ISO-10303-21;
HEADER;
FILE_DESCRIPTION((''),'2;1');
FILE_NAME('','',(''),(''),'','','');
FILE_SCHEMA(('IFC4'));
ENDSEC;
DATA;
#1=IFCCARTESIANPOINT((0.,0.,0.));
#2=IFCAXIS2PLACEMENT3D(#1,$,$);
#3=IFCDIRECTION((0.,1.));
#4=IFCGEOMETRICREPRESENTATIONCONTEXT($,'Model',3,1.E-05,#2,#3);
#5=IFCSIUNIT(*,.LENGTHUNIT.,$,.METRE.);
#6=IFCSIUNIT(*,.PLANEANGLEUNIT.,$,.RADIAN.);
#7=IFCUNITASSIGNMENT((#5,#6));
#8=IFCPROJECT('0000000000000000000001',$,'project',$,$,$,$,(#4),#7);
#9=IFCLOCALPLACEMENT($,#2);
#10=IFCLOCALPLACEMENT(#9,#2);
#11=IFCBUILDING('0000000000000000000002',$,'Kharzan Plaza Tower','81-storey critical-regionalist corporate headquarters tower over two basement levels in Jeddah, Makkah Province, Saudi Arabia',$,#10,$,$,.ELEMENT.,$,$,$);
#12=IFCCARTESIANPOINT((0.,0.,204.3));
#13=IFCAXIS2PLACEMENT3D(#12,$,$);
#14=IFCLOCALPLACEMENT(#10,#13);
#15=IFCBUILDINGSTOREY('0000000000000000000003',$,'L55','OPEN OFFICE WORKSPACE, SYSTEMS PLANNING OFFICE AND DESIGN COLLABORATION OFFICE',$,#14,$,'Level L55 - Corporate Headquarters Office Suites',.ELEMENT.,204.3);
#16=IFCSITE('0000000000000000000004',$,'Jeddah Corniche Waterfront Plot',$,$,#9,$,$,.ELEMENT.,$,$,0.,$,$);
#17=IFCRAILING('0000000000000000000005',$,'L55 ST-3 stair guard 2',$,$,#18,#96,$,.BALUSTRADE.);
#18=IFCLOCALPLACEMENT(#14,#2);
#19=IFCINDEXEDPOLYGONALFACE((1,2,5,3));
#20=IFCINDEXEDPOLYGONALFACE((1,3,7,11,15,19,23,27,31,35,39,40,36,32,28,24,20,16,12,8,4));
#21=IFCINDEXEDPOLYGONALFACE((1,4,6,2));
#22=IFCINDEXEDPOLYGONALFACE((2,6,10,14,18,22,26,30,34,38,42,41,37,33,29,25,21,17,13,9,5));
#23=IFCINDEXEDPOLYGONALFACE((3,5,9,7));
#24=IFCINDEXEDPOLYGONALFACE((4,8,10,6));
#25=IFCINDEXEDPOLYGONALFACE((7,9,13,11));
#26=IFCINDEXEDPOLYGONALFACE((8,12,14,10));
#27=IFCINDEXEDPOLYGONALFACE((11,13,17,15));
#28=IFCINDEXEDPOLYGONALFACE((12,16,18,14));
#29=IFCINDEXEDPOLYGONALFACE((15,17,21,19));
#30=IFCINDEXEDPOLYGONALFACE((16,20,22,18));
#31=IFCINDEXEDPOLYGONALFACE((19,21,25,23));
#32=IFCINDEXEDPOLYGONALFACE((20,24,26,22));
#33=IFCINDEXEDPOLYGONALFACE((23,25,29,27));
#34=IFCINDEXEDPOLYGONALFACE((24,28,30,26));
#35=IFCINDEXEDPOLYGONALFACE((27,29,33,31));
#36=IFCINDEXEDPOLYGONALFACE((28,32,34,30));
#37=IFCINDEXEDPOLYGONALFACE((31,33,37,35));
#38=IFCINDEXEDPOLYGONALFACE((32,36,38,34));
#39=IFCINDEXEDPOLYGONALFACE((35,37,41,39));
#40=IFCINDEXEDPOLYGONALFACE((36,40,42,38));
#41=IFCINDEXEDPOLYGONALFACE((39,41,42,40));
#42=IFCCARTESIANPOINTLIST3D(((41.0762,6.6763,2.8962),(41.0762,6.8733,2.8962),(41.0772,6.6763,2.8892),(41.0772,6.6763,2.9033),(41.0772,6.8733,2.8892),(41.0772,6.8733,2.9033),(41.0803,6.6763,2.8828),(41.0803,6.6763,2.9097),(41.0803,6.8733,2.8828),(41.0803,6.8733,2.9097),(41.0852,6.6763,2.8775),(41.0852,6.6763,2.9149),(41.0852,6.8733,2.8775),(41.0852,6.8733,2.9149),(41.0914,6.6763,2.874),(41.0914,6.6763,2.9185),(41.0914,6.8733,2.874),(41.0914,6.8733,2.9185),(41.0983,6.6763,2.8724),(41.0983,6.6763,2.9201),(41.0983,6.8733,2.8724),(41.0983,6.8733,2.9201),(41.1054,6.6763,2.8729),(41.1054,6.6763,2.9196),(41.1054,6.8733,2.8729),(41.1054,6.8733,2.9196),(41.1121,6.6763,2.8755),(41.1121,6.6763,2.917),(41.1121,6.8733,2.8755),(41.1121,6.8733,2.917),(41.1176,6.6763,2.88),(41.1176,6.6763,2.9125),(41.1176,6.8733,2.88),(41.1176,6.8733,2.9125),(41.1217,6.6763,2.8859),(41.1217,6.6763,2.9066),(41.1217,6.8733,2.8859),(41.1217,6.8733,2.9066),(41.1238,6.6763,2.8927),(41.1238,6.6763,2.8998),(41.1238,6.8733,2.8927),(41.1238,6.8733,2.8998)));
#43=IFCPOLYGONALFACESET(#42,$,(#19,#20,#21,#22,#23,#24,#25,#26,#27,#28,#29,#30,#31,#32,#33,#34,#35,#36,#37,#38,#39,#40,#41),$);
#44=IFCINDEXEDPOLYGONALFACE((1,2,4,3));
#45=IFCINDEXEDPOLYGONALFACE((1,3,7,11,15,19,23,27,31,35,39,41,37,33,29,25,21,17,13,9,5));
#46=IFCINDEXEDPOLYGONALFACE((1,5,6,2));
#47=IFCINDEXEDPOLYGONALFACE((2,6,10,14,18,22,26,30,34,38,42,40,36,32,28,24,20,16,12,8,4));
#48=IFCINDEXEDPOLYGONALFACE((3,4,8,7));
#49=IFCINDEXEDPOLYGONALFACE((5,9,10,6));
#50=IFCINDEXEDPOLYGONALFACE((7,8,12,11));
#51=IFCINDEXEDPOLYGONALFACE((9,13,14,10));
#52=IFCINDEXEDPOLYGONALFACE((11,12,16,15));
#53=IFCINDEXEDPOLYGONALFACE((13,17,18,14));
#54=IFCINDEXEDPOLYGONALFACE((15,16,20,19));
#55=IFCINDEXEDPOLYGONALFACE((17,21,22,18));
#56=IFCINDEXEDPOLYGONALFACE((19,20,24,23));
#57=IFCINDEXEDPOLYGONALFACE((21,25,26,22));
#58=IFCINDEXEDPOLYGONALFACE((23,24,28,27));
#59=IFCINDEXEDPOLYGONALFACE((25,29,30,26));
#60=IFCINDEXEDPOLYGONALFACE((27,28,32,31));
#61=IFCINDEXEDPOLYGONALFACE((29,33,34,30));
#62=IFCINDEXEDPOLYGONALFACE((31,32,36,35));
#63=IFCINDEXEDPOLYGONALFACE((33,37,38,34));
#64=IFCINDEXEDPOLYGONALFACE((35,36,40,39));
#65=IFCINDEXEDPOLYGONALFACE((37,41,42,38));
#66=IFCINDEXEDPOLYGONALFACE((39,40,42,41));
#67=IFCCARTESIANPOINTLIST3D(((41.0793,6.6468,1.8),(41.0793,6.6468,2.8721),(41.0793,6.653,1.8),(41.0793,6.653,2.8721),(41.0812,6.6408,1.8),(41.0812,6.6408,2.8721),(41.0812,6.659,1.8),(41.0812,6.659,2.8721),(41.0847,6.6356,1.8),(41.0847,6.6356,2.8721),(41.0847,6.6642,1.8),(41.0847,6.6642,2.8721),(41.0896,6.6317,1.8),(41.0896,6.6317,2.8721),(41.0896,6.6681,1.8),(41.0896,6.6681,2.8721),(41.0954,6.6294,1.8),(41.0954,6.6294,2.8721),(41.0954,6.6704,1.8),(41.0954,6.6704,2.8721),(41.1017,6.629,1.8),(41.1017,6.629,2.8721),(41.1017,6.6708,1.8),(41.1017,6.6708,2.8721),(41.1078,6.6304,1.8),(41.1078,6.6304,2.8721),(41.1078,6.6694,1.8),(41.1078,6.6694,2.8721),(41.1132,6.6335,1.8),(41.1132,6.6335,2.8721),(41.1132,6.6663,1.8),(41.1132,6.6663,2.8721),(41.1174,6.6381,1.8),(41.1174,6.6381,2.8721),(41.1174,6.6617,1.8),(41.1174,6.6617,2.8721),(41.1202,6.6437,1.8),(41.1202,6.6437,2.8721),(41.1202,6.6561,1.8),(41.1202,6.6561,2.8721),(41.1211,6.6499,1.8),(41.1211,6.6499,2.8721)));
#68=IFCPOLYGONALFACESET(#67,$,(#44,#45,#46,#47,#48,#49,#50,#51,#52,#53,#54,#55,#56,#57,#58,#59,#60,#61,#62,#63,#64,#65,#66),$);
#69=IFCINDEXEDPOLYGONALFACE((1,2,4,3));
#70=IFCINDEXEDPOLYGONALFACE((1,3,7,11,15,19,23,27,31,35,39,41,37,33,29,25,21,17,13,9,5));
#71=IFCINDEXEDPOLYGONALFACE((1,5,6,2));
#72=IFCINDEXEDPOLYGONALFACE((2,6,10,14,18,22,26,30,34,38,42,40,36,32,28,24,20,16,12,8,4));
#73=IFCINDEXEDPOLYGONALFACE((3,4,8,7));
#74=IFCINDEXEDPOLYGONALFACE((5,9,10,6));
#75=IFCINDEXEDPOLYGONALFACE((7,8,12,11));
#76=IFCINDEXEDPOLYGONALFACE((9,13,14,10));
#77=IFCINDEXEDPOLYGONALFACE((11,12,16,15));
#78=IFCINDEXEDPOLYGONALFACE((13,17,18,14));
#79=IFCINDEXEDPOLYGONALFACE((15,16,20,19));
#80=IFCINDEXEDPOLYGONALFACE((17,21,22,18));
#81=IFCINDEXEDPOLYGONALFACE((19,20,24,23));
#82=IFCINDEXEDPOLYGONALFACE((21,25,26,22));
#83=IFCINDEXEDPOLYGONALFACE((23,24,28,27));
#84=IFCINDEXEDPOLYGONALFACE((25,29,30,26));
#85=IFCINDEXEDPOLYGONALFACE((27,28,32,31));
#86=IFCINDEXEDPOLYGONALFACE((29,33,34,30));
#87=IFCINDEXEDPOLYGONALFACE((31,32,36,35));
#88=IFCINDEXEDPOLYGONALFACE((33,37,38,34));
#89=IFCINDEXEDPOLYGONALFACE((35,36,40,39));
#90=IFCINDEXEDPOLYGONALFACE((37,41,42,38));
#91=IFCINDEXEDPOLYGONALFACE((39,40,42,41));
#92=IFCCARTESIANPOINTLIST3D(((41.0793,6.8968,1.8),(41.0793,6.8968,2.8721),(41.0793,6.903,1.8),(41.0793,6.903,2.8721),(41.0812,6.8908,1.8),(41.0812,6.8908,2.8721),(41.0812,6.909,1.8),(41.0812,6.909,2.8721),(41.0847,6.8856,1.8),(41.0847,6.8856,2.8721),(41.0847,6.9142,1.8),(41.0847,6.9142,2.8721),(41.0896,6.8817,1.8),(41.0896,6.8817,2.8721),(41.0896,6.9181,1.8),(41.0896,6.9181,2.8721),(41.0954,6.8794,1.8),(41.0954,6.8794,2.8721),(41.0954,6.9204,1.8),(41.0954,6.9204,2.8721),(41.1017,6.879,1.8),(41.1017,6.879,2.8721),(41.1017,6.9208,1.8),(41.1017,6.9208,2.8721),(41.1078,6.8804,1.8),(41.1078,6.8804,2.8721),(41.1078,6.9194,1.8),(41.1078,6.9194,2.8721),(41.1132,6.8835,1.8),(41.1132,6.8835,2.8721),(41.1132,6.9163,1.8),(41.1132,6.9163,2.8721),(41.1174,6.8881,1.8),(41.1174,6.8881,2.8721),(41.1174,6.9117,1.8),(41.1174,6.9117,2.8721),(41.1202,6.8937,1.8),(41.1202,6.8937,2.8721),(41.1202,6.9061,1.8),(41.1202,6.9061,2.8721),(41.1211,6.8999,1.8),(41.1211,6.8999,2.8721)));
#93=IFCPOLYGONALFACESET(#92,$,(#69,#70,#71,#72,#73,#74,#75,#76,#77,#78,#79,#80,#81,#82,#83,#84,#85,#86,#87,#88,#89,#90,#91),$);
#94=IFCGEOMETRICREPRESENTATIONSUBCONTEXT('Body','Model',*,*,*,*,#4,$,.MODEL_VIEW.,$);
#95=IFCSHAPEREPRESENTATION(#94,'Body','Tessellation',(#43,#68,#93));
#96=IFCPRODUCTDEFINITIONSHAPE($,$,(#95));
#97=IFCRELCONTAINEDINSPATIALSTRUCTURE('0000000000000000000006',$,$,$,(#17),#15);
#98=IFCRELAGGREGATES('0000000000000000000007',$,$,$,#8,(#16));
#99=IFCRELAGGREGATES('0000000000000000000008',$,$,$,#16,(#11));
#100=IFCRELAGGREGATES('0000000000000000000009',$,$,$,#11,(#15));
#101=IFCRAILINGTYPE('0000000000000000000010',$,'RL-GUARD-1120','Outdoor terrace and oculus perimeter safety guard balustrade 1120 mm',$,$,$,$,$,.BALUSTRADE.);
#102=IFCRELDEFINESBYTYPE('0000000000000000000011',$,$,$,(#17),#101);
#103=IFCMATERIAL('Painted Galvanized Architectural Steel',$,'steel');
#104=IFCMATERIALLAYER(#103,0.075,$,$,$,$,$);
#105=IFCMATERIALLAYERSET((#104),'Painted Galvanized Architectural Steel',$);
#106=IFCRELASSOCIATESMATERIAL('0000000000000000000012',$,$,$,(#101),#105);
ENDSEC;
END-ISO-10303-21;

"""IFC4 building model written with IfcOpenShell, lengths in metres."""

from ifc_helpers import new_model, si_unit, direction, frame, origin, origin_2d, place, context, subcontext, project, spatial, circle, extrude, source, transform, mapped, material, layer, layer_set, type_object, element, save


model = new_model("IFC4")

# Units and contexts
model_context = context("Model", 3, precision=1e-05, world=origin(), true_north=direction((0.0, 1.0)))
body_context = subcontext(model_context, "Body", "Model", "MODEL_VIEW")
ifc_project = project(units=[si_unit("LENGTHUNIT", "METRE"), si_unit("PLANEANGLEUNIT", "RADIAN")], contexts=[model_context])

# Site, building, storey
site_placement = place(None, origin())
site = spatial("IfcSite", under=ifc_project, at=site_placement, Name="Jeddah Corniche Waterfront Plot", CompositionType="ELEMENT", RefElevation=0.0)
building_placement = place(site_placement, origin())
building = spatial("IfcBuilding", under=site, at=building_placement, Name="Kharzan Plaza Tower", Description="81-storey critical-regionalist corporate headquarters tower over two basement levels in Jeddah, Makkah Province, Saudi Arabia", CompositionType="ELEMENT")
storey_placement = place(building_placement, frame((0.0, 0.0, 204.3)))
storey = spatial("IfcBuildingStorey", under=building, at=storey_placement, Name="L55", Description="OPEN OFFICE WORKSPACE, SYSTEMS PLANNING OFFICE AND DESIGN COLLABORATION OFFICE", LongName="Level L55 - Corporate Headquarters Office Suites", CompositionType="ELEMENT", Elevation=204.3)

# Railing
ifc_material_1 = material(Name="Painted Galvanized Architectural Steel", Category="steel")
ifc_layer_1 = layer(ifc_material_1, 0.075)
ifc_layer_set_1 = layer_set([ifc_layer_1], Name="Painted Galvanized Architectural Steel")
railing_type_1 = type_object("IfcRailingType", Name="RL-GUARD-1120", Description="Outdoor terrace and oculus perimeter safety guard balustrade 1120 mm", PredefinedType="BALUSTRADE", material=ifc_layer_set_1)
shared_shape_1 = source(origin(), body_context, "Body", "SweptSolid", [
    extrude(circle(Radius=0.0239, at=origin_2d()), frame((0.0, 0.0264, 1.0962), z_axis=(0.0, 1.0, 0.0), x_axis=(-1.0, 0.0, 0.0)), (0.0, 0.0, 1.0), 0.197),
    extrude(circle(Radius=0.021, at=origin_2d()), origin(), (0.0, 0.0, 1.0), 1.072),
    extrude(circle(Radius=0.021, at=origin_2d()), frame((0.0, 0.25, 0.0)), (0.0, 0.0, 1.0), 1.072),
])
railing_1_placement = place(storey_placement, frame((41.1001, 6.6499, 1.8)))
element("IfcRailing", 1, at=railing_1_placement, inside=storey, type_object=railing_type_1, Name="L55 ST-3 stair guard 2", PredefinedType="BALUSTRADE", context=body_context, shape_type="MappedRepresentation", body=[
    mapped(shared_shape_1, transform((0.0, 0.0, 0.0), x_axis=(1.0, 0.0, 0.0), y_axis=(0.0, 1.0, 0.0), z_axis=(0.0, 0.0, 1.0))),
])

save(model, "model.ifc")
